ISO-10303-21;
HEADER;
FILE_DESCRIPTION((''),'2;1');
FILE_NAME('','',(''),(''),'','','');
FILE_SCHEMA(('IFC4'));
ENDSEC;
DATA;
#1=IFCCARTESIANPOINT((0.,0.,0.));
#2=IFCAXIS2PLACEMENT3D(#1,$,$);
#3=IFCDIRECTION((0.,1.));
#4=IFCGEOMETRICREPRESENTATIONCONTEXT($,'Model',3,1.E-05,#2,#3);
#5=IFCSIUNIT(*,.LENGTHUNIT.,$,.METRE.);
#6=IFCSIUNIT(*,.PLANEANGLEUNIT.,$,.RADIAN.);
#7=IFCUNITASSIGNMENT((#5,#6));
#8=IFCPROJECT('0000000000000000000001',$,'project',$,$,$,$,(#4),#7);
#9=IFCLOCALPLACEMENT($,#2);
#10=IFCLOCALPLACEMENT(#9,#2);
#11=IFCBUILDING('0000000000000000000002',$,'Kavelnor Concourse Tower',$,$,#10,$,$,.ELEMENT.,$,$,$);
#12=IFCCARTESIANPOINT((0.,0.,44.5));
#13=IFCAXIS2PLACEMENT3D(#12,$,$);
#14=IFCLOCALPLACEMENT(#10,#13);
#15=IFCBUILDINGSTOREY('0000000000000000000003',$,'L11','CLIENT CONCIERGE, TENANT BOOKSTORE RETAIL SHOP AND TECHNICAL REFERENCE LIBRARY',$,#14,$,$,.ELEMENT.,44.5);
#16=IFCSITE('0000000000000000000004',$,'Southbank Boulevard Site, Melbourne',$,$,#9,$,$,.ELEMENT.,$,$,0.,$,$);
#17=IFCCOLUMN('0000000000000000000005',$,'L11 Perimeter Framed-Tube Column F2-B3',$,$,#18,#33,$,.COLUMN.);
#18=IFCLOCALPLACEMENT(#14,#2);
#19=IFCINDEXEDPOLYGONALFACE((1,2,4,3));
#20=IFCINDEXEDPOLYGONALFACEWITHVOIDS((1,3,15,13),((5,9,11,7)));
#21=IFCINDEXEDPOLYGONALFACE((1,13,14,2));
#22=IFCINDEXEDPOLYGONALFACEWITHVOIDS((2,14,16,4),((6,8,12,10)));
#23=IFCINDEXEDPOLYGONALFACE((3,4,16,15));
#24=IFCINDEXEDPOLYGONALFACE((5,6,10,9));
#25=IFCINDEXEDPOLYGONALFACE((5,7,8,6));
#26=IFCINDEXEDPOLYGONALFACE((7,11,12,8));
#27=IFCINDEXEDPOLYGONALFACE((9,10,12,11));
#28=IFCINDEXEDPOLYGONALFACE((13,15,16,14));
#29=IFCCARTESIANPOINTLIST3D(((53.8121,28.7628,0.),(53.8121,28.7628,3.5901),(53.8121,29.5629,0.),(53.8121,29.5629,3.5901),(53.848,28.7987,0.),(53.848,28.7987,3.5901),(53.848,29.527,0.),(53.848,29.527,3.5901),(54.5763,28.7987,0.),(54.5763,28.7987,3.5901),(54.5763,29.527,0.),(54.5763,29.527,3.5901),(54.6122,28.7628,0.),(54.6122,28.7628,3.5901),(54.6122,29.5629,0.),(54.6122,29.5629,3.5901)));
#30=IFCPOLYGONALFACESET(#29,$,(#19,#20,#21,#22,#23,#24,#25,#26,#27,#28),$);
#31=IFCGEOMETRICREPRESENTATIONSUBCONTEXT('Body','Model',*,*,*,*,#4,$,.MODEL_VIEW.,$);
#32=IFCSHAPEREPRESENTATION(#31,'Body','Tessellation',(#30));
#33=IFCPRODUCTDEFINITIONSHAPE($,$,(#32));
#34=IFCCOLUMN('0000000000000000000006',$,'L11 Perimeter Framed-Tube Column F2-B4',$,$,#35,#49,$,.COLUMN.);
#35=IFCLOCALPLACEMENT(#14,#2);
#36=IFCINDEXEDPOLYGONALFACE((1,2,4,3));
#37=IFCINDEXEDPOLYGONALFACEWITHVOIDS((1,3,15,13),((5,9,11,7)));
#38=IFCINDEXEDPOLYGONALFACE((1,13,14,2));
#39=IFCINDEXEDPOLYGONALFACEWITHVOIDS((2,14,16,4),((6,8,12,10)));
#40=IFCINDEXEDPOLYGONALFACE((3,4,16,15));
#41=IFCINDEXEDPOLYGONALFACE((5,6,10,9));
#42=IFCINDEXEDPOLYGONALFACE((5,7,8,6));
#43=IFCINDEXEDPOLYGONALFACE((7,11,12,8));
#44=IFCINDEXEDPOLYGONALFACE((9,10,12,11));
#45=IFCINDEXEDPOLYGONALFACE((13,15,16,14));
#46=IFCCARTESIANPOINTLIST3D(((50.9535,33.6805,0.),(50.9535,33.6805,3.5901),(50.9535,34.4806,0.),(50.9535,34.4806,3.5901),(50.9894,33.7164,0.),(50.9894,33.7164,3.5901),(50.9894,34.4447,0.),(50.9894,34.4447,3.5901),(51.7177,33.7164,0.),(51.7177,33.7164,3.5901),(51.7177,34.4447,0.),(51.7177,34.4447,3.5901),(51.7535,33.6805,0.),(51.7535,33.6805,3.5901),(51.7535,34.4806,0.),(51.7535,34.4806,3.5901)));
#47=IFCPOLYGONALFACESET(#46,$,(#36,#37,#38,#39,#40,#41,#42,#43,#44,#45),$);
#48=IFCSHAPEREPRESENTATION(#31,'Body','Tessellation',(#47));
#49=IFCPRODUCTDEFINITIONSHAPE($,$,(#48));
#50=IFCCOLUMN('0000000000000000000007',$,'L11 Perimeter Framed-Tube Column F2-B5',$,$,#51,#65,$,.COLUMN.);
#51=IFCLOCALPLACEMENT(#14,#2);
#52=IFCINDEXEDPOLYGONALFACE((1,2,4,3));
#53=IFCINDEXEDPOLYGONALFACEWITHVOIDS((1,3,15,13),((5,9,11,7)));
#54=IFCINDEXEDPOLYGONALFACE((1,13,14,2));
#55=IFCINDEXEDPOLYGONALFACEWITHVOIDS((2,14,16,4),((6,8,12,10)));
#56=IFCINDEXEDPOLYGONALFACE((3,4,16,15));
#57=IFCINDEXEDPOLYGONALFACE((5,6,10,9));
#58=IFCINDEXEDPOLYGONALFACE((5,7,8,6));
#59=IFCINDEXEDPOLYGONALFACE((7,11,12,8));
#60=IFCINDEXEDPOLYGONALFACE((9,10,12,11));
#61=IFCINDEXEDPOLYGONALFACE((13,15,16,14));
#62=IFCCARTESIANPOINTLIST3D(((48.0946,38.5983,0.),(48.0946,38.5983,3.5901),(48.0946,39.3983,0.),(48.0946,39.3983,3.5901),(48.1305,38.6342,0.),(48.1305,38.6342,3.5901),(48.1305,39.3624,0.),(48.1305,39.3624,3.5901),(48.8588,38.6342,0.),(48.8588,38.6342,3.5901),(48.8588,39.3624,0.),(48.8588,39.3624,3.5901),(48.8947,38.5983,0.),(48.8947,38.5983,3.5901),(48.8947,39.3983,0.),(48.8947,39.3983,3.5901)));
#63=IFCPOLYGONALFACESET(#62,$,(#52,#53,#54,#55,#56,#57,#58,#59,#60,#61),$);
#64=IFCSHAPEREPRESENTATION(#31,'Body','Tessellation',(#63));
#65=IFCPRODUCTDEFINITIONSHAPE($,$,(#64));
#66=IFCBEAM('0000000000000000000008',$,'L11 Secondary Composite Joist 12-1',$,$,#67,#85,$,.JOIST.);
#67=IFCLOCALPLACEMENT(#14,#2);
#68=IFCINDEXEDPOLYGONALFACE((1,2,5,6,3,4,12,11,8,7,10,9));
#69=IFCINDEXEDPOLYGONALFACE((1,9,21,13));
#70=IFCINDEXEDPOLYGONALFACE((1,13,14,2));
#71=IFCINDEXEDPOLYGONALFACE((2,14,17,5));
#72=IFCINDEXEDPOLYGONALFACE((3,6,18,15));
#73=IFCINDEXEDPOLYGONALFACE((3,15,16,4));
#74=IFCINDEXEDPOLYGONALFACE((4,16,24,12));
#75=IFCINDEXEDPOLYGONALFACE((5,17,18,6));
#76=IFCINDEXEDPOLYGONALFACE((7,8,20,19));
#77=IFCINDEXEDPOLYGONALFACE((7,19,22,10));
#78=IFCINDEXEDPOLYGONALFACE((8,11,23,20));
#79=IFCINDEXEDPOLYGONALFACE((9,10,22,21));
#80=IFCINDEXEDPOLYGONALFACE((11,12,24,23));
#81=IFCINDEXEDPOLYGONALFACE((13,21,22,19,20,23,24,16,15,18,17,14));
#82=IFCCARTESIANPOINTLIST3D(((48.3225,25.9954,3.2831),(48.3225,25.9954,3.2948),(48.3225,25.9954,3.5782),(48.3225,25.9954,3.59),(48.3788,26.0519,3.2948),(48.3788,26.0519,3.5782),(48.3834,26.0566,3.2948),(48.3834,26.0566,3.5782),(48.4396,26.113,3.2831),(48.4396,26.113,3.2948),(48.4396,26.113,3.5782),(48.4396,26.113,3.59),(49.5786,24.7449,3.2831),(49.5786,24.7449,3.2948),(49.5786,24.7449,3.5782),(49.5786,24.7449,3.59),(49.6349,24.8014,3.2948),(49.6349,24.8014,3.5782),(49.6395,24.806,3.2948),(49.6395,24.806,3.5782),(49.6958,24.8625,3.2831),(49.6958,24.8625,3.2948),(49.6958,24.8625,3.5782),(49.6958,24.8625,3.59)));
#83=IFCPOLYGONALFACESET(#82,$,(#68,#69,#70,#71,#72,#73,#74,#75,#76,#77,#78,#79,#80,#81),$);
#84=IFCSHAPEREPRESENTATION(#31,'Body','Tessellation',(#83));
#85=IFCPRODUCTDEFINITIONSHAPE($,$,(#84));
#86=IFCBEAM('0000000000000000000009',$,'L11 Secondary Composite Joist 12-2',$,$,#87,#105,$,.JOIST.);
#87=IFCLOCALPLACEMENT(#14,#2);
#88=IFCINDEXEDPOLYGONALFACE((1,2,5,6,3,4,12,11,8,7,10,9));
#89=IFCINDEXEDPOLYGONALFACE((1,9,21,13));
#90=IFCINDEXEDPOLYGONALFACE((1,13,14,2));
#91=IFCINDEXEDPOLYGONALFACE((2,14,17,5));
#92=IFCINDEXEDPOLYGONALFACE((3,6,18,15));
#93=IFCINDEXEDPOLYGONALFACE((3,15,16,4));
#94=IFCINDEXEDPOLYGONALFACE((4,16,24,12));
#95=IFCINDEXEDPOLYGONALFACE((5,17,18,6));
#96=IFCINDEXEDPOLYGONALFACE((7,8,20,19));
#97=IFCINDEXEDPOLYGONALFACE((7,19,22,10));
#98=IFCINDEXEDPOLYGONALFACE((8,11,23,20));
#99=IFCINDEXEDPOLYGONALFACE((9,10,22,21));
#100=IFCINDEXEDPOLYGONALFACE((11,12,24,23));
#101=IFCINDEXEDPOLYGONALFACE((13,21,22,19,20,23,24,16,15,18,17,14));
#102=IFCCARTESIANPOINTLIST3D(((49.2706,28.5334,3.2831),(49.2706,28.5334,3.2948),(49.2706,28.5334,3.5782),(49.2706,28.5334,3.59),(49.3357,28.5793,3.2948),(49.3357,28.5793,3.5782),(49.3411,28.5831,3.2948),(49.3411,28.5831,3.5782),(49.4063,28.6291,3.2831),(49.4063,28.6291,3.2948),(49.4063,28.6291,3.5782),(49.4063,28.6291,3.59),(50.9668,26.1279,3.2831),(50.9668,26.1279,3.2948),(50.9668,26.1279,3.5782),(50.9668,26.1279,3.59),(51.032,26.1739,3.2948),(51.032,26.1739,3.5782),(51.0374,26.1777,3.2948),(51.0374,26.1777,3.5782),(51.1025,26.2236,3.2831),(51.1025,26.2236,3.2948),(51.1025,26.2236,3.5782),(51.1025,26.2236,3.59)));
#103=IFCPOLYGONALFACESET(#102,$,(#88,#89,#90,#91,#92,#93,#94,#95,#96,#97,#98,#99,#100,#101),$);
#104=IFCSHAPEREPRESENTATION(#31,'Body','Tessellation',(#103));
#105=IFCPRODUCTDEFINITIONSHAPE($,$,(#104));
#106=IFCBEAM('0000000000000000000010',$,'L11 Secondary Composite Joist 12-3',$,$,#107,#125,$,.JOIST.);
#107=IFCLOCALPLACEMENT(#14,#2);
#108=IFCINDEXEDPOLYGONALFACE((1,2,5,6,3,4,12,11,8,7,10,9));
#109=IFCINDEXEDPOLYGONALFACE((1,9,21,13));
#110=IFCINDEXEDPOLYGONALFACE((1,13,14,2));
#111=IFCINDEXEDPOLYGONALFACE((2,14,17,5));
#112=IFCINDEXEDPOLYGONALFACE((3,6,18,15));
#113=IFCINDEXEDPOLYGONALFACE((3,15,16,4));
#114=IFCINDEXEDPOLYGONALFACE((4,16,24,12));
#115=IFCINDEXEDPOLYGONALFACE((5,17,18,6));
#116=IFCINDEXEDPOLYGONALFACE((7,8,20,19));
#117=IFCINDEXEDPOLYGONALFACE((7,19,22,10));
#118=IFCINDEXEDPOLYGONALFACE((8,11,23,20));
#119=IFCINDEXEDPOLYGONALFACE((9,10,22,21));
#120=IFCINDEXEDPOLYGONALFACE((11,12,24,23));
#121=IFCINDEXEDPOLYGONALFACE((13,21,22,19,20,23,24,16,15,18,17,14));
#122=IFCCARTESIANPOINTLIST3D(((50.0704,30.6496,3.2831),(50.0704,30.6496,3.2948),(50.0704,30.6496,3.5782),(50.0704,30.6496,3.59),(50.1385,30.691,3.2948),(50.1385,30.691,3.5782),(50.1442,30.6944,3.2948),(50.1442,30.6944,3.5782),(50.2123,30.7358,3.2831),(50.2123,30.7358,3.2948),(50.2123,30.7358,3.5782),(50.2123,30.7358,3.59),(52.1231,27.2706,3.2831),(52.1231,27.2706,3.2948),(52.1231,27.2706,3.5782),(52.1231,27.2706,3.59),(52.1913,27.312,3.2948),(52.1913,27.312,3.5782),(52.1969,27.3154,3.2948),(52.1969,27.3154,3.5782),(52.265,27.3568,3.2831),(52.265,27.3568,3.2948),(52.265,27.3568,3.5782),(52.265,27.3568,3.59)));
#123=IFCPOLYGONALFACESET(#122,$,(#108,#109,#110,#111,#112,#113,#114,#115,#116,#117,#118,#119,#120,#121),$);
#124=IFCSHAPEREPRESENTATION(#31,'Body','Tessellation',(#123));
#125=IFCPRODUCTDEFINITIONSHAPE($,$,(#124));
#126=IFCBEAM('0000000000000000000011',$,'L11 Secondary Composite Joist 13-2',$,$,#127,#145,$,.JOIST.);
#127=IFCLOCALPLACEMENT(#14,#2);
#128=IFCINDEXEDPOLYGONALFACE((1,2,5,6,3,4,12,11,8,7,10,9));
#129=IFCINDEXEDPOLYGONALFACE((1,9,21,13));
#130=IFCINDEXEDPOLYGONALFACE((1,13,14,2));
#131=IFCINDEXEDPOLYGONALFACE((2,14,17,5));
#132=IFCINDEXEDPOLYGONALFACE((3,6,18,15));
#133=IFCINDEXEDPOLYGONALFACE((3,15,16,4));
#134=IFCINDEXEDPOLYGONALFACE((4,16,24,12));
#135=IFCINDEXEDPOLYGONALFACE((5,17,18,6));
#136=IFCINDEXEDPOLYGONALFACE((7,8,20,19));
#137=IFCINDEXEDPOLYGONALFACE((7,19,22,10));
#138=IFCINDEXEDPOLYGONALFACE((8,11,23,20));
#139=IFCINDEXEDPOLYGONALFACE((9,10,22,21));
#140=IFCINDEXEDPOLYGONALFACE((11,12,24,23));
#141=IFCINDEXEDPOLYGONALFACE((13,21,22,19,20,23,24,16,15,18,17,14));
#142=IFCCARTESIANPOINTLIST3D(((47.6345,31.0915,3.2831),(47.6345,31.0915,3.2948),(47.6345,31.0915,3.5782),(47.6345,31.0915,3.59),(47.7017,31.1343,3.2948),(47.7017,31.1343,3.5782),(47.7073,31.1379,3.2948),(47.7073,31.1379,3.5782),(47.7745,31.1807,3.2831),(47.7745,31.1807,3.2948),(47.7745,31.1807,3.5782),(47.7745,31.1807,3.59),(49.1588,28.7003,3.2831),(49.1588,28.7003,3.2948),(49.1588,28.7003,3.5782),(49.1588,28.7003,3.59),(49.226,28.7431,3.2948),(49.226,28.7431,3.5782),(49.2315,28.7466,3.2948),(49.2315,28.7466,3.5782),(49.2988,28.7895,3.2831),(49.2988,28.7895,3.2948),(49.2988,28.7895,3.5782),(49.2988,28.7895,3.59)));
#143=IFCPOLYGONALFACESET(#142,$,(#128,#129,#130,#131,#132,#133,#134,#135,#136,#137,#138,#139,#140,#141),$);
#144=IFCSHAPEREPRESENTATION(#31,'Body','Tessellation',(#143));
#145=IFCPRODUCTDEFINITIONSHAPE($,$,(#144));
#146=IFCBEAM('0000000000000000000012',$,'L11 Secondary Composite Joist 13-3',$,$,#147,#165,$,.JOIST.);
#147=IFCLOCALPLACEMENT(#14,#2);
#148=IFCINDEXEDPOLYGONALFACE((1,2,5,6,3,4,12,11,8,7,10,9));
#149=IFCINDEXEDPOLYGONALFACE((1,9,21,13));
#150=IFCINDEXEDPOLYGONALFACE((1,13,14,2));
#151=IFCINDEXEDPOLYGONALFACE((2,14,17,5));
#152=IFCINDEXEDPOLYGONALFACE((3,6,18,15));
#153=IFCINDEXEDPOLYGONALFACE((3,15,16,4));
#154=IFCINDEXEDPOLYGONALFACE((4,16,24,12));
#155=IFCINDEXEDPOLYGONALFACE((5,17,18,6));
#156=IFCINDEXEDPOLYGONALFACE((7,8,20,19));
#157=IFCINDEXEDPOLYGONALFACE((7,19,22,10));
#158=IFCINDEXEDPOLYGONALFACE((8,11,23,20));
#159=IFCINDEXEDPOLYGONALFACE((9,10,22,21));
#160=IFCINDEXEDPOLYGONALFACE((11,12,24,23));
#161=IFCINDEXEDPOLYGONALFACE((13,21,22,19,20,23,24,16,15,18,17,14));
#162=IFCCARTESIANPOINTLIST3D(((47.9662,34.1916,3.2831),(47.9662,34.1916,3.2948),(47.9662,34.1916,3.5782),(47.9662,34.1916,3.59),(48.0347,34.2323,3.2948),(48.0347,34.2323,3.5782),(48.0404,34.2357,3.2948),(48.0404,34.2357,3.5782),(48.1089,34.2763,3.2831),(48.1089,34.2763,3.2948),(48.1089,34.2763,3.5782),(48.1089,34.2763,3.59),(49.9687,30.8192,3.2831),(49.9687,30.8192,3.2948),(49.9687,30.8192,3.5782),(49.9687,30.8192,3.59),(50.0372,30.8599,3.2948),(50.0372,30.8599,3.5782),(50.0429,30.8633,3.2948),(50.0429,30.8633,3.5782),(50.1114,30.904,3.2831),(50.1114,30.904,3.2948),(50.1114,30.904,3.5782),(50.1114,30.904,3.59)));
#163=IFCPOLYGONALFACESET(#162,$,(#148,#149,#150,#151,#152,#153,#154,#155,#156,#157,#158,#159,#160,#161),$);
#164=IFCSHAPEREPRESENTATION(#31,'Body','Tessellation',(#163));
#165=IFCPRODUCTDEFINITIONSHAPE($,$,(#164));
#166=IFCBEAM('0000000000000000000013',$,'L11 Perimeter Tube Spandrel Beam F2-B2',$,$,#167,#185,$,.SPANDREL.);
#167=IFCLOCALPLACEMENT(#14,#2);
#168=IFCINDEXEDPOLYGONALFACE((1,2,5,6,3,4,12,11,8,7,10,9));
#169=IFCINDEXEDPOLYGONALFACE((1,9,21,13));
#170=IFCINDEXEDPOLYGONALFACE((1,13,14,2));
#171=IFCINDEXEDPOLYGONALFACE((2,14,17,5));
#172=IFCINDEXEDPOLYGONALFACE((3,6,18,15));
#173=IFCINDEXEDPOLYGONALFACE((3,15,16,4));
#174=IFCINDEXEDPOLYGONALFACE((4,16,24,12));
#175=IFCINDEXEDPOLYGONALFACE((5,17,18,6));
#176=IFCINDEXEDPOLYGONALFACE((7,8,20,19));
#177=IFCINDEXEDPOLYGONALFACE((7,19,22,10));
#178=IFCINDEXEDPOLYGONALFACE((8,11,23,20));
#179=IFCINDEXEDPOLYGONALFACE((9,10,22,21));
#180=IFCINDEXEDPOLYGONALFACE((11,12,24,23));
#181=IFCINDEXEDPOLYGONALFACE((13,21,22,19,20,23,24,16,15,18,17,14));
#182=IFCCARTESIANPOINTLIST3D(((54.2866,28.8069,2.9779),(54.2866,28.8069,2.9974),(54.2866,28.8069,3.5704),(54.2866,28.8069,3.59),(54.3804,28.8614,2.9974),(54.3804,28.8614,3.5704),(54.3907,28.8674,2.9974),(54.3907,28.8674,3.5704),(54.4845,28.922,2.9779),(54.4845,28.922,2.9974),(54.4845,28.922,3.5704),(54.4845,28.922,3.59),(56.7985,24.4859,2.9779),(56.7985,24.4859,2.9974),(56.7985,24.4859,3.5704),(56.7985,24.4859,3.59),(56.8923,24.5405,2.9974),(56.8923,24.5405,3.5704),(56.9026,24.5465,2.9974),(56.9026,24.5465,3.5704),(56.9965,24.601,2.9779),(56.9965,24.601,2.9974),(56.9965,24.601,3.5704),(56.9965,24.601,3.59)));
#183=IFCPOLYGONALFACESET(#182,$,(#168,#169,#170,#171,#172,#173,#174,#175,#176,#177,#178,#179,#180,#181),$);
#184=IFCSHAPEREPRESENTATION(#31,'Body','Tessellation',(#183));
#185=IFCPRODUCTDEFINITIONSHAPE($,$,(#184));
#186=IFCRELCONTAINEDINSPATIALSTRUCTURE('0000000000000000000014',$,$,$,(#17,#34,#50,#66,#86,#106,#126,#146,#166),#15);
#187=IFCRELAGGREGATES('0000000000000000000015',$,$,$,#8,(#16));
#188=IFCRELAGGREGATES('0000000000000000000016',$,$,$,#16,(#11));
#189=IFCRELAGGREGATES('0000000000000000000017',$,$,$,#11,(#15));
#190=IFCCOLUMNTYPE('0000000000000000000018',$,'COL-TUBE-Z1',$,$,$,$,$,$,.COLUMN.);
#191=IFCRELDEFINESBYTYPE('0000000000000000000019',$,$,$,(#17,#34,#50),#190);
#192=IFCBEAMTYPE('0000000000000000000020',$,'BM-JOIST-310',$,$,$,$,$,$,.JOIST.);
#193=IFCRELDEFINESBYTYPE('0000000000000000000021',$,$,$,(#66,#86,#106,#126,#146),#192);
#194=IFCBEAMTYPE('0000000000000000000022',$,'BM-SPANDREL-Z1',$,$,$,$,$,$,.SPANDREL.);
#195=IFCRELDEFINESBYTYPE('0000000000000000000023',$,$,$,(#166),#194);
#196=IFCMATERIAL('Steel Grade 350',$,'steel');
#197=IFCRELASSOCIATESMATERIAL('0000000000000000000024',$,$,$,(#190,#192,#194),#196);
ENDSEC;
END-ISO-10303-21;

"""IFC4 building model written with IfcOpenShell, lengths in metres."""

from ifc_helpers import new_model, si_unit, direction, frame, origin, origin_2d, place, context, subcontext, project, spatial, hollow_rectangle, i_section, extrude, material, material_profile, profile_set, type_object, element, save


model = new_model("IFC4")

# Units and contexts
model_context = context("Model", 3, precision=1e-05, world=origin(), true_north=direction((0.0, 1.0)))
body_context = subcontext(model_context, "Body", "Model", "MODEL_VIEW")
ifc_project = project(units=[si_unit("LENGTHUNIT", "METRE"), si_unit("PLANEANGLEUNIT", "RADIAN")], contexts=[model_context])

# Site, building, storey
site_placement = place(None, origin())
site = spatial("IfcSite", under=ifc_project, at=site_placement, Name="Southbank Boulevard Site, Melbourne", CompositionType="ELEMENT", RefElevation=0.0)
building_placement = place(site_placement, origin())
building = spatial("IfcBuilding", under=site, at=building_placement, Name="Kavelnor Concourse Tower", CompositionType="ELEMENT")
storey_placement = place(building_placement, frame((0.0, 0.0, 44.5)))
storey = spatial("IfcBuildingStorey", under=building, at=storey_placement, Name="L11", Description="CLIENT CONCIERGE, TENANT BOOKSTORE RETAIL SHOP AND TECHNICAL REFERENCE LIBRARY", CompositionType="ELEMENT", Elevation=44.5)

# Columns
ifc_material_1 = material(Name="Steel Grade 350", Category="steel")
ifc_material_profile_1 = material_profile(ifc_material_1, hollow_rectangle(XDim=0.8, YDim=0.8, WallThickness=0.0359, at=origin_2d()), Name="SHS 800x800x36")
ifc_profile_set_1 = profile_set([ifc_material_profile_1], Name="Steel Grade 350")
column_type = type_object("IfcColumnType", Name="COL-TUBE-Z1", PredefinedType="COLUMN", material=ifc_profile_set_1)
for number, where, z_axis, x_axis, name in (
    (1, (54.2122, 29.1628, 0.0), (0.0, 0.0, 1.0), (1.0, 0.0, 0.0), "L11 Perimeter Framed-Tube Column F2-B3"),
    (2, (51.3535, 34.0806, 0.0), (0.0, 0.0, 1.0), (1.0, 0.0, 0.0), "L11 Perimeter Framed-Tube Column F2-B4"),
    (3, (48.4946, 38.9983, 0.0), (0.0, 0.0, 1.0), (1.0, 0.0, 0.0), "L11 Perimeter Framed-Tube Column F2-B5"),
):
    element("IfcColumn", number, at=place(storey_placement, frame(where, z_axis=z_axis, x_axis=x_axis)), inside=storey, type_object=column_type, Name=name, PredefinedType="COLUMN", context=body_context, shape_type="SweptSolid", body=[
        extrude(hollow_rectangle(XDim=0.8, YDim=0.8, WallThickness=0.0359, at=origin_2d()), origin(), (0.0, 0.0, 1.0), 3.5901),
    ])

# Beams
ifc_material_profile_2 = material_profile(ifc_material_1, i_section(OverallWidth=0.166, OverallDepth=0.3069, WebThickness=0.0066, FlangeThickness=0.0117, at=origin_2d()), Name="310UB46")
ifc_profile_set_2 = profile_set([ifc_material_profile_2], Name="Steel Grade 350")
beam_type_1 = type_object("IfcBeamType", Name="BM-JOIST-310", PredefinedType="JOIST", material=ifc_profile_set_2)
beam_1_placement = place(storey_placement, frame((49.6372, 24.8037, 3.4365), z_axis=(-0.708689, 0.705521, 0.0), x_axis=(-0.705521, -0.708689, 0.0)))
element("IfcBeam", 4, at=beam_1_placement, inside=storey, type_object=beam_type_1, Name="L11 Secondary Composite Joist 12-1", PredefinedType="JOIST", context=body_context, shape_type="SweptSolid", body=[
    extrude(i_section(OverallWidth=0.166, OverallDepth=0.3069, WebThickness=0.0066, FlangeThickness=0.0117, at=origin_2d()), origin(), (0.0, 0.0, 1.0), 1.7725),
])
beam_2_placement = place(storey_placement, frame((51.0347, 26.1758, 3.4365), z_axis=(-0.576292, 0.817244, 0.0), x_axis=(-0.817244, -0.576292, 0.0)))
element("IfcBeam", 5, at=beam_2_placement, inside=storey, type_object=beam_type_1, Name="L11 Secondary Composite Joist 12-2", PredefinedType="JOIST", context=body_context, shape_type="SweptSolid", body=[
    extrude(i_section(OverallWidth=0.166, OverallDepth=0.3069, WebThickness=0.0066, FlangeThickness=0.0117, at=origin_2d()), origin(), (0.0, 0.0, 1.0), 2.9434),
])
beam_3_placement = place(storey_placement, frame((52.1941, 27.3137, 3.4365), z_axis=(-0.51921, 0.854647, 0.0), x_axis=(-0.854647, -0.51921, 0.0)))
element("IfcBeam", 6, at=beam_3_placement, inside=storey, type_object=beam_type_1, Name="L11 Secondary Composite Joist 12-3", PredefinedType="JOIST", context=body_context, shape_type="SweptSolid", body=[
    extrude(i_section(OverallWidth=0.166, OverallDepth=0.3069, WebThickness=0.0066, FlangeThickness=0.0117, at=origin_2d()), origin(), (0.0, 0.0, 1.0), 3.9536),
])
beam_4_placement = place(storey_placement, frame((49.2288, 28.7449, 3.4365), z_axis=(-0.537516, 0.843254, 0.0), x_axis=(-0.843254, -0.537516, 0.0)))
element("IfcBeam", 7, at=beam_4_placement, inside=storey, type_object=beam_type_1, Name="L11 Secondary Composite Joist 13-2", PredefinedType="JOIST", context=body_context, shape_type="SweptSolid", body=[
    extrude(i_section(OverallWidth=0.166, OverallDepth=0.3069, WebThickness=0.0066, FlangeThickness=0.0117, at=origin_2d()), origin(), (0.0, 0.0, 1.0), 2.8357),
])
beam_5_placement = place(storey_placement, frame((50.04, 30.8616, 3.4365), z_axis=(-0.510563, 0.85984, 0.0), x_axis=(-0.85984, -0.510563, 0.0)))
element("IfcBeam", 8, at=beam_5_placement, inside=storey, type_object=beam_type_1, Name="L11 Secondary Composite Joist 13-3", PredefinedType="JOIST", context=body_context, shape_type="SweptSolid", body=[
    extrude(i_section(OverallWidth=0.166, OverallDepth=0.3069, WebThickness=0.0066, FlangeThickness=0.0117, at=origin_2d()), origin(), (0.0, 0.0, 1.0), 3.9221),
])
ifc_material_profile_3 = material_profile(ifc_material_1, i_section(OverallWidth=0.229, OverallDepth=0.6121, WebThickness=0.012, FlangeThickness=0.0195, at=origin_2d()), Name="610UB125")
ifc_profile_set_3 = profile_set([ifc_material_profile_3], Name="Steel Grade 350")
beam_type_2 = type_object("IfcBeamType", Name="BM-SPANDREL-Z1", PredefinedType="SPANDREL", material=ifc_profile_set_3)
for number, where, z_axis, x_axis, name in (
    (9, (56.8975, 24.5435, 3.2839), (-0.50258, 0.864531, 0.0), (-0.864531, -0.50258, 0.0), "L11 Perimeter Tube Spandrel Beam F2-B2"),
):
    element("IfcBeam", number, at=place(storey_placement, frame(where, z_axis=z_axis, x_axis=x_axis)), inside=storey, type_object=beam_type_2, Name=name, PredefinedType="SPANDREL", context=body_context, shape_type="SweptSolid", body=[
        extrude(i_section(OverallWidth=0.229, OverallDepth=0.6121, WebThickness=0.012, FlangeThickness=0.0195, at=origin_2d()), origin(), (0.0, 0.0, 1.0), 4.998),
    ])

save(model, "model.ifc")
